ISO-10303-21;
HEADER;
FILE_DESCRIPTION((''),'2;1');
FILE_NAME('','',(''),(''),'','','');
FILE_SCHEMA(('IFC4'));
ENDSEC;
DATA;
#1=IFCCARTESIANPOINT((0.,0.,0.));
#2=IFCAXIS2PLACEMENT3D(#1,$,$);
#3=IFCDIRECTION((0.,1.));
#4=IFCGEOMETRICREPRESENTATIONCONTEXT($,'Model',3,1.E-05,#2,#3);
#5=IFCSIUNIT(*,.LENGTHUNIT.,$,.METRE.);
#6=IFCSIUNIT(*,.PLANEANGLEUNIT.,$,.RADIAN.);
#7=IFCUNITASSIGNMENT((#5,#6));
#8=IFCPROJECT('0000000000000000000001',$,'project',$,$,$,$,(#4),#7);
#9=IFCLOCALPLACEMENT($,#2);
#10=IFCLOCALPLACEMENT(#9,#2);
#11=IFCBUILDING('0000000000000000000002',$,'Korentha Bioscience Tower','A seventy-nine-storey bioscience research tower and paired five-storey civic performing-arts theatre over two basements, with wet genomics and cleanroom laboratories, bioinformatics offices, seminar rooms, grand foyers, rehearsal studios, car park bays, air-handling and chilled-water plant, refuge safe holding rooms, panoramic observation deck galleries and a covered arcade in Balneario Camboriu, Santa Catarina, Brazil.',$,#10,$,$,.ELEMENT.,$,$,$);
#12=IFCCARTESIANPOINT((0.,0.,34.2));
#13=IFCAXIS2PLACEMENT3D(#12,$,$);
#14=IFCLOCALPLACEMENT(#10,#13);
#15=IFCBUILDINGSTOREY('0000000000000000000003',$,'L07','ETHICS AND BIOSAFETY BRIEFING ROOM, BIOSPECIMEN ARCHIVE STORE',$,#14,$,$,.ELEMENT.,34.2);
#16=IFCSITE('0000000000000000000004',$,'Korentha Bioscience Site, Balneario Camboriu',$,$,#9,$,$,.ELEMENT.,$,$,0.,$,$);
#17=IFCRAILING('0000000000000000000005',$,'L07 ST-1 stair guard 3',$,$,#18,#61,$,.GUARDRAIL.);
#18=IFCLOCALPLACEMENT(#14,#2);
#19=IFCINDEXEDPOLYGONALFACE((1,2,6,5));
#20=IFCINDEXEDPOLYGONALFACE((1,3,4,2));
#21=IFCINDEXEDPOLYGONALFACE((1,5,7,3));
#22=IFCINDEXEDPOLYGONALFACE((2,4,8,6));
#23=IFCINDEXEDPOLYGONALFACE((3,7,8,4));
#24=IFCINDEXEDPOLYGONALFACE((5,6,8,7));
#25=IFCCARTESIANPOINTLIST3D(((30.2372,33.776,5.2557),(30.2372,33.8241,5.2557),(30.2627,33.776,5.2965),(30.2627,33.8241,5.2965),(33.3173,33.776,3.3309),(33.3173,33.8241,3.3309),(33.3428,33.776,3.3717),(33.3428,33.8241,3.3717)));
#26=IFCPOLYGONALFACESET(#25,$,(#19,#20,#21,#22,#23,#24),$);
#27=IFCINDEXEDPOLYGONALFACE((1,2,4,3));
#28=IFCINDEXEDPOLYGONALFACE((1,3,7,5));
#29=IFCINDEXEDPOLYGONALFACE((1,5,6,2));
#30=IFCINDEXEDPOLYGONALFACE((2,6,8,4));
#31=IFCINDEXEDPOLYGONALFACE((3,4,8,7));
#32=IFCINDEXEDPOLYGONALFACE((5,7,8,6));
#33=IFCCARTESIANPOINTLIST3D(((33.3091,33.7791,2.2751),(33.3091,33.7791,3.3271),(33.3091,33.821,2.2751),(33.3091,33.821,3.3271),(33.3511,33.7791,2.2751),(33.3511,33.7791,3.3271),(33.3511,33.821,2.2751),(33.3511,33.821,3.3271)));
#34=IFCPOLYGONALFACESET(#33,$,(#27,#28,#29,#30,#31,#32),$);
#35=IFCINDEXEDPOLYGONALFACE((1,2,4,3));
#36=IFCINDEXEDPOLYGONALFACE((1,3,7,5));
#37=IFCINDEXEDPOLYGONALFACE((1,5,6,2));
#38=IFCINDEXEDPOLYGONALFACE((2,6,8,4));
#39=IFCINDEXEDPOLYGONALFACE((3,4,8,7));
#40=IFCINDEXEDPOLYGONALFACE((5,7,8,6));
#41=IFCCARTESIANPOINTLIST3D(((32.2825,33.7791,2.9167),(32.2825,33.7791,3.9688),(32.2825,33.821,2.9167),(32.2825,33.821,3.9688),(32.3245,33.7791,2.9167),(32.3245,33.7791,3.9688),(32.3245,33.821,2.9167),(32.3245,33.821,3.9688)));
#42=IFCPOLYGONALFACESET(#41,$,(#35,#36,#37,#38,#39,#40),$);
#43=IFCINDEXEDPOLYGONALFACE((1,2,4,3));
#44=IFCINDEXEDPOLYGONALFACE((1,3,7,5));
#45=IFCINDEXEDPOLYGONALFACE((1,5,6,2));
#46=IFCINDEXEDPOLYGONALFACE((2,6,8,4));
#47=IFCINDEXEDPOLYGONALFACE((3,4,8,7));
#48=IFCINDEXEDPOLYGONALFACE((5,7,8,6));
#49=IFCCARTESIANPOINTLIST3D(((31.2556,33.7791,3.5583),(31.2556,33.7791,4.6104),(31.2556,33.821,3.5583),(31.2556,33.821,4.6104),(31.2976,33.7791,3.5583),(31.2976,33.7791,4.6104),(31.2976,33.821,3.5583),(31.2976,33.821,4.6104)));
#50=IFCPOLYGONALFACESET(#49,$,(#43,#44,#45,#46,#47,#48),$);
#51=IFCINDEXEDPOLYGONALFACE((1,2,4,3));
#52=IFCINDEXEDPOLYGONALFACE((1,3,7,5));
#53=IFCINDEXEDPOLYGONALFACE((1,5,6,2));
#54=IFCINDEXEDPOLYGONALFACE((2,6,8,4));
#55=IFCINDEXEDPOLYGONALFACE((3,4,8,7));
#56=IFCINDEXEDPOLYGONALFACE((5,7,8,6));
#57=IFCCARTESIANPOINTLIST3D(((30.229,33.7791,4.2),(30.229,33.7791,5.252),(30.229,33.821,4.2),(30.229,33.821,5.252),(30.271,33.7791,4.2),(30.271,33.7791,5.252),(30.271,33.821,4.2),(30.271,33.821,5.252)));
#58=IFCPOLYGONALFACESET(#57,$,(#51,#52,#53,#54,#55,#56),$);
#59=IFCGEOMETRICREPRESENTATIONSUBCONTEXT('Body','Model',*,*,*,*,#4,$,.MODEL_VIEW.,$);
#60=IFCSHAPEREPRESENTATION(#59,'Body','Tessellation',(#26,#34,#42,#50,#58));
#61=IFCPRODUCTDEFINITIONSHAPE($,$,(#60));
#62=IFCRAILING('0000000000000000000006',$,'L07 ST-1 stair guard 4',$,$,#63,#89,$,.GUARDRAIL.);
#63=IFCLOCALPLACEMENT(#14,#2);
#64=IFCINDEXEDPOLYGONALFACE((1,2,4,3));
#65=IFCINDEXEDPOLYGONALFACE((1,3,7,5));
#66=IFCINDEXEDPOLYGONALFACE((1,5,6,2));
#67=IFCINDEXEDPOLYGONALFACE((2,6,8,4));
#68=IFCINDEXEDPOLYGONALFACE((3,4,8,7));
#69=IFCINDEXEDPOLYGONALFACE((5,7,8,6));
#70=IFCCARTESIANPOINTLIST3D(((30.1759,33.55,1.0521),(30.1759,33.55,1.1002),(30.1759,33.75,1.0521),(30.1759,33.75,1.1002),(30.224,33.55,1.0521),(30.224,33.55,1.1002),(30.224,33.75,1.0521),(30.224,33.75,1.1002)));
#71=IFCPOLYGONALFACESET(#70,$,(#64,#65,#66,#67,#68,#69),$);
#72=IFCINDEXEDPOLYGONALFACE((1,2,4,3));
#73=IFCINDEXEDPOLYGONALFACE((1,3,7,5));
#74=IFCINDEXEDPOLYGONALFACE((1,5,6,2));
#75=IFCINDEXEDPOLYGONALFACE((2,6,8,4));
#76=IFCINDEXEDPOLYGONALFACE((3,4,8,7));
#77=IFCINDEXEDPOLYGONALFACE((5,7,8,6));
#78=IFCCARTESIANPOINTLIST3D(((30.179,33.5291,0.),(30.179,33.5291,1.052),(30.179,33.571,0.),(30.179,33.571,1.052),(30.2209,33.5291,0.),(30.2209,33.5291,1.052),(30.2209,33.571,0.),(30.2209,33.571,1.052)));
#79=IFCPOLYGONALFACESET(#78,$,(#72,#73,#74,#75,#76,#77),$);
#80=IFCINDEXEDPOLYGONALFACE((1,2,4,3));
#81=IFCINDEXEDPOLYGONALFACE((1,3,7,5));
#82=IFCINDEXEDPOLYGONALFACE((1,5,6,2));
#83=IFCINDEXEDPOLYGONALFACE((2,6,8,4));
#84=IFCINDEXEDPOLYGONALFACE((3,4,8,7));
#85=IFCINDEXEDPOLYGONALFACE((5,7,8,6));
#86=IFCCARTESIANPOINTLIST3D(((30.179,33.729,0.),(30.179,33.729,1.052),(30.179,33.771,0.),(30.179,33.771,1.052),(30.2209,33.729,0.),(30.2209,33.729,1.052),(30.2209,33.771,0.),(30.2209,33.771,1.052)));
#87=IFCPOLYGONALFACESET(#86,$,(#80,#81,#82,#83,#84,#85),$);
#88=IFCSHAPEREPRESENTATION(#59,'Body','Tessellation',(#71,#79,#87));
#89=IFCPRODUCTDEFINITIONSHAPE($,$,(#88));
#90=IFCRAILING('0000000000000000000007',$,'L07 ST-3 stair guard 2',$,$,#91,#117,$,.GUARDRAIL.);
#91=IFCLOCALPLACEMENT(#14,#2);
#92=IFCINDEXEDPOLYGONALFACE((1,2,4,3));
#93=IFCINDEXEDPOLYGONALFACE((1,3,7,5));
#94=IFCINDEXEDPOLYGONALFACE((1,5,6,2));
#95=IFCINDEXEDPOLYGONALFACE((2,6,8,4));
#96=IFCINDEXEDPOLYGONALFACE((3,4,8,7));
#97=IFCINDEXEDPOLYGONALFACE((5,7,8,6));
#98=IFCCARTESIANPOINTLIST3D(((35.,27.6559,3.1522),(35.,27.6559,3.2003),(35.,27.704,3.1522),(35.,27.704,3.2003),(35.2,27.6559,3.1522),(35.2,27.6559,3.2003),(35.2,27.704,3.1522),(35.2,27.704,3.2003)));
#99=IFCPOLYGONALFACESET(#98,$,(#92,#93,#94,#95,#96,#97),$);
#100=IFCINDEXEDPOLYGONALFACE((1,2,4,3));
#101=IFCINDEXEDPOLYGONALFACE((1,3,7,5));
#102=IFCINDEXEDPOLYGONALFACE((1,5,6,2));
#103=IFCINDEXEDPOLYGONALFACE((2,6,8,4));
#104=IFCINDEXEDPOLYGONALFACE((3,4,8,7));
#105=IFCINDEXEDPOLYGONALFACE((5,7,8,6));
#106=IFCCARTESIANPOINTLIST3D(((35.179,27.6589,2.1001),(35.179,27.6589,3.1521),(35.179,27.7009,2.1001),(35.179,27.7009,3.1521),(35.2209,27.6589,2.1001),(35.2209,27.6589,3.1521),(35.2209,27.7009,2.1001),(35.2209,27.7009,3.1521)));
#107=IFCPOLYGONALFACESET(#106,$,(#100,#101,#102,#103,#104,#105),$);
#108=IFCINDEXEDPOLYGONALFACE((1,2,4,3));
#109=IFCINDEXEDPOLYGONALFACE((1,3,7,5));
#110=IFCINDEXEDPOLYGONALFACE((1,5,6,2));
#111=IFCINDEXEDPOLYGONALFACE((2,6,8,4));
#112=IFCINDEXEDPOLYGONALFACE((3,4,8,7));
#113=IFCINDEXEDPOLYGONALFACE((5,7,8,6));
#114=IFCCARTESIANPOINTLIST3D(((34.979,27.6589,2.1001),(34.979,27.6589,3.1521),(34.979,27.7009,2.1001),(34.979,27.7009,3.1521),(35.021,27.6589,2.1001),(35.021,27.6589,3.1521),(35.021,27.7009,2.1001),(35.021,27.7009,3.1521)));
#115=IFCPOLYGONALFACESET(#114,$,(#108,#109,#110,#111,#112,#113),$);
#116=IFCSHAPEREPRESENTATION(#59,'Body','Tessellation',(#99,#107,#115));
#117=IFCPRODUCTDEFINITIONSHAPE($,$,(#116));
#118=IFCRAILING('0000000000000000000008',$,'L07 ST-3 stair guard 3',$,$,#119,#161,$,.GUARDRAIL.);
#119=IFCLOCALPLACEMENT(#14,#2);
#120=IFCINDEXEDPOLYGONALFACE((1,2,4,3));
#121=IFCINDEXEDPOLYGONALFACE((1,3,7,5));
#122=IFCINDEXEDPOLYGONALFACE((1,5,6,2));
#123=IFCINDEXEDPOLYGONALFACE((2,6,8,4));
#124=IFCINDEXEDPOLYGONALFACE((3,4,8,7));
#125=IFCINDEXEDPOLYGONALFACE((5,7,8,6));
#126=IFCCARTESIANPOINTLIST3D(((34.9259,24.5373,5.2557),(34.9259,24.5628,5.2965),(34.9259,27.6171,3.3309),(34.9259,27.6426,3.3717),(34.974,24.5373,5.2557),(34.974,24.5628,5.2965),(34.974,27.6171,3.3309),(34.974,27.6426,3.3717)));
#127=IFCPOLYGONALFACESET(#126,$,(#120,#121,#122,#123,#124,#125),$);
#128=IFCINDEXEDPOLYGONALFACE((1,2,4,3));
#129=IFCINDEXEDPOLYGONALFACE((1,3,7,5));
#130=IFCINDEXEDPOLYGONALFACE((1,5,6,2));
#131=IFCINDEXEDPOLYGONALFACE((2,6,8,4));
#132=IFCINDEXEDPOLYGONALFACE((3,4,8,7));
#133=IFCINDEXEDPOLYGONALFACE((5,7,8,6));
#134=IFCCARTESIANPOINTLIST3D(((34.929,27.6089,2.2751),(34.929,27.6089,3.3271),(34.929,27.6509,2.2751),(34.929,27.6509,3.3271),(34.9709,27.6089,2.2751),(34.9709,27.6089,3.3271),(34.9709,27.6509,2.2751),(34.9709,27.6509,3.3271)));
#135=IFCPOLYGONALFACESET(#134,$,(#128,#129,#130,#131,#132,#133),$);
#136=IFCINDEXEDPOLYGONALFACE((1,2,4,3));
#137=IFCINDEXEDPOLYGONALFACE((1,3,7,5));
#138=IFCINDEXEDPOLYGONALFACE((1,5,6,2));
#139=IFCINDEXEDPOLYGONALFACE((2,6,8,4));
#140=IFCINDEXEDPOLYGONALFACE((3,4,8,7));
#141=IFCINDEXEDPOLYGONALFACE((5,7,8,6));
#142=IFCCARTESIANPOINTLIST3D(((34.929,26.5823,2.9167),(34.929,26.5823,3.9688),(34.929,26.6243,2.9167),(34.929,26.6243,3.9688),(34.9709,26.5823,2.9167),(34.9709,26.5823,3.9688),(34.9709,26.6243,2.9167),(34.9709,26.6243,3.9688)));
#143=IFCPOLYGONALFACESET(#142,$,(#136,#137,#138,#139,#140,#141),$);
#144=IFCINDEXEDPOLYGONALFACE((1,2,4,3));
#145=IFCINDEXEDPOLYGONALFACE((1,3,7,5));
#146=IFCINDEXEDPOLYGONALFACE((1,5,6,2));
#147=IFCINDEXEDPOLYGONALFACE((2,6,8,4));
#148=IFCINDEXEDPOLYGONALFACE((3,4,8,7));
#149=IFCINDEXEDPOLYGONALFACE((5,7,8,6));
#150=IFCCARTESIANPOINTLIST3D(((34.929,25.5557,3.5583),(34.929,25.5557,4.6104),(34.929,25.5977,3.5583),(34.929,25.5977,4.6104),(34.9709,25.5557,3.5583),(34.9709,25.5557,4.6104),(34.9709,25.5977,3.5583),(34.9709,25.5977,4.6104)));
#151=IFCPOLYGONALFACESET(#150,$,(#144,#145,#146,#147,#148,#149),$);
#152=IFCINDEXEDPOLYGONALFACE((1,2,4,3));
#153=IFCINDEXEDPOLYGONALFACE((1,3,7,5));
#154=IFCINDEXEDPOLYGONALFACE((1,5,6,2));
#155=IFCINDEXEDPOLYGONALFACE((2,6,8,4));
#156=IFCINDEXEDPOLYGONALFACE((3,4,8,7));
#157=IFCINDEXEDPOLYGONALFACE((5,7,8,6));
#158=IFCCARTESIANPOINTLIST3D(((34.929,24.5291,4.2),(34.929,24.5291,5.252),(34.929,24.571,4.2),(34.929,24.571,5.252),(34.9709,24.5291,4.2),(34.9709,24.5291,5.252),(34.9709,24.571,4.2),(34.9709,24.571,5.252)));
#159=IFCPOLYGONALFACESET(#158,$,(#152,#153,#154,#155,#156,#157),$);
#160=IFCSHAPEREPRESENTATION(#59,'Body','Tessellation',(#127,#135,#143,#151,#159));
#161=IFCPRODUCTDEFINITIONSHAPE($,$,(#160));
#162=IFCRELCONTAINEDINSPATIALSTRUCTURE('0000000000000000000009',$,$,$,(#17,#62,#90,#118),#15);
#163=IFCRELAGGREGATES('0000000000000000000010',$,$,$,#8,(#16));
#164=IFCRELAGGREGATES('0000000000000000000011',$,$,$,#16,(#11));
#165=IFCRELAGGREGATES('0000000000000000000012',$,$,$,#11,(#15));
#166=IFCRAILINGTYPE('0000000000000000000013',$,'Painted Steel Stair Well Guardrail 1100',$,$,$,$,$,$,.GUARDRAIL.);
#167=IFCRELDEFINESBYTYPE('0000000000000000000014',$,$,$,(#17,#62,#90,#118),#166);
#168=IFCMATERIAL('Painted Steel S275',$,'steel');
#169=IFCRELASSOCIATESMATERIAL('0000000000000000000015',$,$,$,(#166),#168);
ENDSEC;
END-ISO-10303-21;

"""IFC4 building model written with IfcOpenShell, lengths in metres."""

from ifc_helpers import new_model, si_unit, direction, frame, origin, origin_2d, place, context, subcontext, project, spatial, rectangle, extrude, material, type_object, element, save


model = new_model("IFC4")

# Units and contexts
model_context = context("Model", 3, precision=1e-05, world=origin(), true_north=direction((0.0, 1.0)))
body_context = subcontext(model_context, "Body", "Model", "MODEL_VIEW")
ifc_project = project(units=[si_unit("LENGTHUNIT", "METRE"), si_unit("PLANEANGLEUNIT", "RADIAN")], contexts=[model_context])

# Site, building, storey
site_placement = place(None, origin())
site = spatial("IfcSite", under=ifc_project, at=site_placement, Name="Korentha Bioscience Site, Balneario Camboriu", CompositionType="ELEMENT", RefElevation=0.0)
building_placement = place(site_placement, origin())
building = spatial("IfcBuilding", under=site, at=building_placement, Name="Korentha Bioscience Tower", Description="A seventy-nine-storey bioscience research tower and paired five-storey civic performing-arts theatre over two basements, with wet genomics and cleanroom laboratories, bioinformatics offices, seminar rooms, grand foyers, rehearsal studios, car park bays, air-handling and chilled-water plant, refuge safe holding rooms, panoramic observation deck galleries and a covered arcade in Balneario Camboriu, Santa Catarina, Brazil.", CompositionType="ELEMENT")
storey_placement = place(building_placement, frame((0.0, 0.0, 34.2)))
storey = spatial("IfcBuildingStorey", under=building, at=storey_placement, Name="L07", Description="ETHICS AND BIOSAFETY BRIEFING ROOM, BIOSPECIMEN ARCHIVE STORE", CompositionType="ELEMENT", Elevation=34.2)

# Railings
ifc_material_1 = material(Name="Painted Steel S275", Category="steel")
railing_type_1 = type_object("IfcRailingType", Name="Painted Steel Stair Well Guardrail 1100", PredefinedType="GUARDRAIL", material=ifc_material_1)
railing_1_placement = place(storey_placement, frame((33.3301, 33.8, 2.2751)))
element("IfcRailing", 1, at=railing_1_placement, inside=storey, type_object=railing_type_1, Name="L07 ST-1 stair guard 3", PredefinedType="GUARDRAIL", context=body_context, shape_type="SweptSolid", body=[
    extrude(rectangle(XDim=0.0481, YDim=0.0481, at=origin_2d()), frame((0.0, 0.0, 1.0762), z_axis=(-0.848029, 0.0, 0.529951), x_axis=(0.0, -1.0, 0.0)), (0.0, 0.0, 1.0), 3.6321),
    extrude(rectangle(XDim=0.042, YDim=0.042, at=origin_2d()), origin(), (0.0, 0.0, 1.0), 1.052),
    extrude(rectangle(XDim=0.042, YDim=0.042, at=origin_2d()), frame((-1.0266, 0.0, 0.6416)), (0.0, 0.0, 1.0), 1.052),
    extrude(rectangle(XDim=0.042, YDim=0.042, at=origin_2d()), frame((-2.0535, 0.0, 1.2832)), (0.0, 0.0, 1.0), 1.052),
    extrude(rectangle(XDim=0.042, YDim=0.042, at=origin_2d()), frame((-3.0801, 0.0, 1.9248)), (0.0, 0.0, 1.0), 1.052),
])
railing_2_placement = place(storey_placement, frame((30.2, 33.55, 0.0)))
element("IfcRailing", 2, at=railing_2_placement, inside=storey, type_object=railing_type_1, Name="L07 ST-1 stair guard 4", PredefinedType="GUARDRAIL", context=body_context, shape_type="SweptSolid", body=[
    extrude(rectangle(XDim=0.0481, YDim=0.0481, at=origin_2d()), frame((0.0, 0.0, 1.0762), z_axis=(0.0, 1.0, 0.0), x_axis=(-1.0, 0.0, 0.0)), (0.0, 0.0, 1.0), 0.2),
    extrude(rectangle(XDim=0.042, YDim=0.042, at=origin_2d()), origin(), (0.0, 0.0, 1.0), 1.052),
    extrude(rectangle(XDim=0.042, YDim=0.042, at=origin_2d()), frame((0.0, 0.2, 0.0)), (0.0, 0.0, 1.0), 1.052),
])
railing_3_placement = place(storey_placement, frame((35.2, 27.6799, 2.1001)))
element("IfcRailing", 3, at=railing_3_placement, inside=storey, type_object=railing_type_1, Name="L07 ST-3 stair guard 2", PredefinedType="GUARDRAIL", context=body_context, shape_type="SweptSolid", body=[
    extrude(rectangle(XDim=0.0481, YDim=0.0481, at=origin_2d()), frame((0.0, 0.0, 1.0762), z_axis=(-1.0, 0.0, 0.0), x_axis=(0.0, -1.0, 0.0)), (0.0, 0.0, 1.0), 0.2),
    extrude(rectangle(XDim=0.042, YDim=0.042, at=origin_2d()), origin(), (0.0, 0.0, 1.0), 1.052),
    extrude(rectangle(XDim=0.042, YDim=0.042, at=origin_2d()), frame((-0.2, 0.0, 0.0)), (0.0, 0.0, 1.0), 1.052),
])
railing_4_placement = place(storey_placement, frame((34.95, 27.6299, 2.2751)))
element("IfcRailing", 4, at=railing_4_placement, inside=storey, type_object=railing_type_1, Name="L07 ST-3 stair guard 3", PredefinedType="GUARDRAIL", context=body_context, shape_type="SweptSolid", body=[
    extrude(rectangle(XDim=0.0481, YDim=0.0481, at=origin_2d()), frame((0.0, 0.0, 1.0762), z_axis=(0.0, -0.84801, 0.529981), x_axis=(1.0, 0.0, 0.0)), (0.0, 0.0, 1.0), 3.6318),
    extrude(rectangle(XDim=0.042, YDim=0.042, at=origin_2d()), origin(), (0.0, 0.0, 1.0), 1.052),
    extrude(rectangle(XDim=0.042, YDim=0.042, at=origin_2d()), frame((0.0, -1.0266, 0.6416)), (0.0, 0.0, 1.0), 1.052),
    extrude(rectangle(XDim=0.042, YDim=0.042, at=origin_2d()), frame((0.0, -2.0532, 1.2832)), (0.0, 0.0, 1.0), 1.052),
    extrude(rectangle(XDim=0.042, YDim=0.042, at=origin_2d()), frame((0.0, -3.0798, 1.9248)), (0.0, 0.0, 1.0), 1.052),
])

save(model, "model.ifc")
